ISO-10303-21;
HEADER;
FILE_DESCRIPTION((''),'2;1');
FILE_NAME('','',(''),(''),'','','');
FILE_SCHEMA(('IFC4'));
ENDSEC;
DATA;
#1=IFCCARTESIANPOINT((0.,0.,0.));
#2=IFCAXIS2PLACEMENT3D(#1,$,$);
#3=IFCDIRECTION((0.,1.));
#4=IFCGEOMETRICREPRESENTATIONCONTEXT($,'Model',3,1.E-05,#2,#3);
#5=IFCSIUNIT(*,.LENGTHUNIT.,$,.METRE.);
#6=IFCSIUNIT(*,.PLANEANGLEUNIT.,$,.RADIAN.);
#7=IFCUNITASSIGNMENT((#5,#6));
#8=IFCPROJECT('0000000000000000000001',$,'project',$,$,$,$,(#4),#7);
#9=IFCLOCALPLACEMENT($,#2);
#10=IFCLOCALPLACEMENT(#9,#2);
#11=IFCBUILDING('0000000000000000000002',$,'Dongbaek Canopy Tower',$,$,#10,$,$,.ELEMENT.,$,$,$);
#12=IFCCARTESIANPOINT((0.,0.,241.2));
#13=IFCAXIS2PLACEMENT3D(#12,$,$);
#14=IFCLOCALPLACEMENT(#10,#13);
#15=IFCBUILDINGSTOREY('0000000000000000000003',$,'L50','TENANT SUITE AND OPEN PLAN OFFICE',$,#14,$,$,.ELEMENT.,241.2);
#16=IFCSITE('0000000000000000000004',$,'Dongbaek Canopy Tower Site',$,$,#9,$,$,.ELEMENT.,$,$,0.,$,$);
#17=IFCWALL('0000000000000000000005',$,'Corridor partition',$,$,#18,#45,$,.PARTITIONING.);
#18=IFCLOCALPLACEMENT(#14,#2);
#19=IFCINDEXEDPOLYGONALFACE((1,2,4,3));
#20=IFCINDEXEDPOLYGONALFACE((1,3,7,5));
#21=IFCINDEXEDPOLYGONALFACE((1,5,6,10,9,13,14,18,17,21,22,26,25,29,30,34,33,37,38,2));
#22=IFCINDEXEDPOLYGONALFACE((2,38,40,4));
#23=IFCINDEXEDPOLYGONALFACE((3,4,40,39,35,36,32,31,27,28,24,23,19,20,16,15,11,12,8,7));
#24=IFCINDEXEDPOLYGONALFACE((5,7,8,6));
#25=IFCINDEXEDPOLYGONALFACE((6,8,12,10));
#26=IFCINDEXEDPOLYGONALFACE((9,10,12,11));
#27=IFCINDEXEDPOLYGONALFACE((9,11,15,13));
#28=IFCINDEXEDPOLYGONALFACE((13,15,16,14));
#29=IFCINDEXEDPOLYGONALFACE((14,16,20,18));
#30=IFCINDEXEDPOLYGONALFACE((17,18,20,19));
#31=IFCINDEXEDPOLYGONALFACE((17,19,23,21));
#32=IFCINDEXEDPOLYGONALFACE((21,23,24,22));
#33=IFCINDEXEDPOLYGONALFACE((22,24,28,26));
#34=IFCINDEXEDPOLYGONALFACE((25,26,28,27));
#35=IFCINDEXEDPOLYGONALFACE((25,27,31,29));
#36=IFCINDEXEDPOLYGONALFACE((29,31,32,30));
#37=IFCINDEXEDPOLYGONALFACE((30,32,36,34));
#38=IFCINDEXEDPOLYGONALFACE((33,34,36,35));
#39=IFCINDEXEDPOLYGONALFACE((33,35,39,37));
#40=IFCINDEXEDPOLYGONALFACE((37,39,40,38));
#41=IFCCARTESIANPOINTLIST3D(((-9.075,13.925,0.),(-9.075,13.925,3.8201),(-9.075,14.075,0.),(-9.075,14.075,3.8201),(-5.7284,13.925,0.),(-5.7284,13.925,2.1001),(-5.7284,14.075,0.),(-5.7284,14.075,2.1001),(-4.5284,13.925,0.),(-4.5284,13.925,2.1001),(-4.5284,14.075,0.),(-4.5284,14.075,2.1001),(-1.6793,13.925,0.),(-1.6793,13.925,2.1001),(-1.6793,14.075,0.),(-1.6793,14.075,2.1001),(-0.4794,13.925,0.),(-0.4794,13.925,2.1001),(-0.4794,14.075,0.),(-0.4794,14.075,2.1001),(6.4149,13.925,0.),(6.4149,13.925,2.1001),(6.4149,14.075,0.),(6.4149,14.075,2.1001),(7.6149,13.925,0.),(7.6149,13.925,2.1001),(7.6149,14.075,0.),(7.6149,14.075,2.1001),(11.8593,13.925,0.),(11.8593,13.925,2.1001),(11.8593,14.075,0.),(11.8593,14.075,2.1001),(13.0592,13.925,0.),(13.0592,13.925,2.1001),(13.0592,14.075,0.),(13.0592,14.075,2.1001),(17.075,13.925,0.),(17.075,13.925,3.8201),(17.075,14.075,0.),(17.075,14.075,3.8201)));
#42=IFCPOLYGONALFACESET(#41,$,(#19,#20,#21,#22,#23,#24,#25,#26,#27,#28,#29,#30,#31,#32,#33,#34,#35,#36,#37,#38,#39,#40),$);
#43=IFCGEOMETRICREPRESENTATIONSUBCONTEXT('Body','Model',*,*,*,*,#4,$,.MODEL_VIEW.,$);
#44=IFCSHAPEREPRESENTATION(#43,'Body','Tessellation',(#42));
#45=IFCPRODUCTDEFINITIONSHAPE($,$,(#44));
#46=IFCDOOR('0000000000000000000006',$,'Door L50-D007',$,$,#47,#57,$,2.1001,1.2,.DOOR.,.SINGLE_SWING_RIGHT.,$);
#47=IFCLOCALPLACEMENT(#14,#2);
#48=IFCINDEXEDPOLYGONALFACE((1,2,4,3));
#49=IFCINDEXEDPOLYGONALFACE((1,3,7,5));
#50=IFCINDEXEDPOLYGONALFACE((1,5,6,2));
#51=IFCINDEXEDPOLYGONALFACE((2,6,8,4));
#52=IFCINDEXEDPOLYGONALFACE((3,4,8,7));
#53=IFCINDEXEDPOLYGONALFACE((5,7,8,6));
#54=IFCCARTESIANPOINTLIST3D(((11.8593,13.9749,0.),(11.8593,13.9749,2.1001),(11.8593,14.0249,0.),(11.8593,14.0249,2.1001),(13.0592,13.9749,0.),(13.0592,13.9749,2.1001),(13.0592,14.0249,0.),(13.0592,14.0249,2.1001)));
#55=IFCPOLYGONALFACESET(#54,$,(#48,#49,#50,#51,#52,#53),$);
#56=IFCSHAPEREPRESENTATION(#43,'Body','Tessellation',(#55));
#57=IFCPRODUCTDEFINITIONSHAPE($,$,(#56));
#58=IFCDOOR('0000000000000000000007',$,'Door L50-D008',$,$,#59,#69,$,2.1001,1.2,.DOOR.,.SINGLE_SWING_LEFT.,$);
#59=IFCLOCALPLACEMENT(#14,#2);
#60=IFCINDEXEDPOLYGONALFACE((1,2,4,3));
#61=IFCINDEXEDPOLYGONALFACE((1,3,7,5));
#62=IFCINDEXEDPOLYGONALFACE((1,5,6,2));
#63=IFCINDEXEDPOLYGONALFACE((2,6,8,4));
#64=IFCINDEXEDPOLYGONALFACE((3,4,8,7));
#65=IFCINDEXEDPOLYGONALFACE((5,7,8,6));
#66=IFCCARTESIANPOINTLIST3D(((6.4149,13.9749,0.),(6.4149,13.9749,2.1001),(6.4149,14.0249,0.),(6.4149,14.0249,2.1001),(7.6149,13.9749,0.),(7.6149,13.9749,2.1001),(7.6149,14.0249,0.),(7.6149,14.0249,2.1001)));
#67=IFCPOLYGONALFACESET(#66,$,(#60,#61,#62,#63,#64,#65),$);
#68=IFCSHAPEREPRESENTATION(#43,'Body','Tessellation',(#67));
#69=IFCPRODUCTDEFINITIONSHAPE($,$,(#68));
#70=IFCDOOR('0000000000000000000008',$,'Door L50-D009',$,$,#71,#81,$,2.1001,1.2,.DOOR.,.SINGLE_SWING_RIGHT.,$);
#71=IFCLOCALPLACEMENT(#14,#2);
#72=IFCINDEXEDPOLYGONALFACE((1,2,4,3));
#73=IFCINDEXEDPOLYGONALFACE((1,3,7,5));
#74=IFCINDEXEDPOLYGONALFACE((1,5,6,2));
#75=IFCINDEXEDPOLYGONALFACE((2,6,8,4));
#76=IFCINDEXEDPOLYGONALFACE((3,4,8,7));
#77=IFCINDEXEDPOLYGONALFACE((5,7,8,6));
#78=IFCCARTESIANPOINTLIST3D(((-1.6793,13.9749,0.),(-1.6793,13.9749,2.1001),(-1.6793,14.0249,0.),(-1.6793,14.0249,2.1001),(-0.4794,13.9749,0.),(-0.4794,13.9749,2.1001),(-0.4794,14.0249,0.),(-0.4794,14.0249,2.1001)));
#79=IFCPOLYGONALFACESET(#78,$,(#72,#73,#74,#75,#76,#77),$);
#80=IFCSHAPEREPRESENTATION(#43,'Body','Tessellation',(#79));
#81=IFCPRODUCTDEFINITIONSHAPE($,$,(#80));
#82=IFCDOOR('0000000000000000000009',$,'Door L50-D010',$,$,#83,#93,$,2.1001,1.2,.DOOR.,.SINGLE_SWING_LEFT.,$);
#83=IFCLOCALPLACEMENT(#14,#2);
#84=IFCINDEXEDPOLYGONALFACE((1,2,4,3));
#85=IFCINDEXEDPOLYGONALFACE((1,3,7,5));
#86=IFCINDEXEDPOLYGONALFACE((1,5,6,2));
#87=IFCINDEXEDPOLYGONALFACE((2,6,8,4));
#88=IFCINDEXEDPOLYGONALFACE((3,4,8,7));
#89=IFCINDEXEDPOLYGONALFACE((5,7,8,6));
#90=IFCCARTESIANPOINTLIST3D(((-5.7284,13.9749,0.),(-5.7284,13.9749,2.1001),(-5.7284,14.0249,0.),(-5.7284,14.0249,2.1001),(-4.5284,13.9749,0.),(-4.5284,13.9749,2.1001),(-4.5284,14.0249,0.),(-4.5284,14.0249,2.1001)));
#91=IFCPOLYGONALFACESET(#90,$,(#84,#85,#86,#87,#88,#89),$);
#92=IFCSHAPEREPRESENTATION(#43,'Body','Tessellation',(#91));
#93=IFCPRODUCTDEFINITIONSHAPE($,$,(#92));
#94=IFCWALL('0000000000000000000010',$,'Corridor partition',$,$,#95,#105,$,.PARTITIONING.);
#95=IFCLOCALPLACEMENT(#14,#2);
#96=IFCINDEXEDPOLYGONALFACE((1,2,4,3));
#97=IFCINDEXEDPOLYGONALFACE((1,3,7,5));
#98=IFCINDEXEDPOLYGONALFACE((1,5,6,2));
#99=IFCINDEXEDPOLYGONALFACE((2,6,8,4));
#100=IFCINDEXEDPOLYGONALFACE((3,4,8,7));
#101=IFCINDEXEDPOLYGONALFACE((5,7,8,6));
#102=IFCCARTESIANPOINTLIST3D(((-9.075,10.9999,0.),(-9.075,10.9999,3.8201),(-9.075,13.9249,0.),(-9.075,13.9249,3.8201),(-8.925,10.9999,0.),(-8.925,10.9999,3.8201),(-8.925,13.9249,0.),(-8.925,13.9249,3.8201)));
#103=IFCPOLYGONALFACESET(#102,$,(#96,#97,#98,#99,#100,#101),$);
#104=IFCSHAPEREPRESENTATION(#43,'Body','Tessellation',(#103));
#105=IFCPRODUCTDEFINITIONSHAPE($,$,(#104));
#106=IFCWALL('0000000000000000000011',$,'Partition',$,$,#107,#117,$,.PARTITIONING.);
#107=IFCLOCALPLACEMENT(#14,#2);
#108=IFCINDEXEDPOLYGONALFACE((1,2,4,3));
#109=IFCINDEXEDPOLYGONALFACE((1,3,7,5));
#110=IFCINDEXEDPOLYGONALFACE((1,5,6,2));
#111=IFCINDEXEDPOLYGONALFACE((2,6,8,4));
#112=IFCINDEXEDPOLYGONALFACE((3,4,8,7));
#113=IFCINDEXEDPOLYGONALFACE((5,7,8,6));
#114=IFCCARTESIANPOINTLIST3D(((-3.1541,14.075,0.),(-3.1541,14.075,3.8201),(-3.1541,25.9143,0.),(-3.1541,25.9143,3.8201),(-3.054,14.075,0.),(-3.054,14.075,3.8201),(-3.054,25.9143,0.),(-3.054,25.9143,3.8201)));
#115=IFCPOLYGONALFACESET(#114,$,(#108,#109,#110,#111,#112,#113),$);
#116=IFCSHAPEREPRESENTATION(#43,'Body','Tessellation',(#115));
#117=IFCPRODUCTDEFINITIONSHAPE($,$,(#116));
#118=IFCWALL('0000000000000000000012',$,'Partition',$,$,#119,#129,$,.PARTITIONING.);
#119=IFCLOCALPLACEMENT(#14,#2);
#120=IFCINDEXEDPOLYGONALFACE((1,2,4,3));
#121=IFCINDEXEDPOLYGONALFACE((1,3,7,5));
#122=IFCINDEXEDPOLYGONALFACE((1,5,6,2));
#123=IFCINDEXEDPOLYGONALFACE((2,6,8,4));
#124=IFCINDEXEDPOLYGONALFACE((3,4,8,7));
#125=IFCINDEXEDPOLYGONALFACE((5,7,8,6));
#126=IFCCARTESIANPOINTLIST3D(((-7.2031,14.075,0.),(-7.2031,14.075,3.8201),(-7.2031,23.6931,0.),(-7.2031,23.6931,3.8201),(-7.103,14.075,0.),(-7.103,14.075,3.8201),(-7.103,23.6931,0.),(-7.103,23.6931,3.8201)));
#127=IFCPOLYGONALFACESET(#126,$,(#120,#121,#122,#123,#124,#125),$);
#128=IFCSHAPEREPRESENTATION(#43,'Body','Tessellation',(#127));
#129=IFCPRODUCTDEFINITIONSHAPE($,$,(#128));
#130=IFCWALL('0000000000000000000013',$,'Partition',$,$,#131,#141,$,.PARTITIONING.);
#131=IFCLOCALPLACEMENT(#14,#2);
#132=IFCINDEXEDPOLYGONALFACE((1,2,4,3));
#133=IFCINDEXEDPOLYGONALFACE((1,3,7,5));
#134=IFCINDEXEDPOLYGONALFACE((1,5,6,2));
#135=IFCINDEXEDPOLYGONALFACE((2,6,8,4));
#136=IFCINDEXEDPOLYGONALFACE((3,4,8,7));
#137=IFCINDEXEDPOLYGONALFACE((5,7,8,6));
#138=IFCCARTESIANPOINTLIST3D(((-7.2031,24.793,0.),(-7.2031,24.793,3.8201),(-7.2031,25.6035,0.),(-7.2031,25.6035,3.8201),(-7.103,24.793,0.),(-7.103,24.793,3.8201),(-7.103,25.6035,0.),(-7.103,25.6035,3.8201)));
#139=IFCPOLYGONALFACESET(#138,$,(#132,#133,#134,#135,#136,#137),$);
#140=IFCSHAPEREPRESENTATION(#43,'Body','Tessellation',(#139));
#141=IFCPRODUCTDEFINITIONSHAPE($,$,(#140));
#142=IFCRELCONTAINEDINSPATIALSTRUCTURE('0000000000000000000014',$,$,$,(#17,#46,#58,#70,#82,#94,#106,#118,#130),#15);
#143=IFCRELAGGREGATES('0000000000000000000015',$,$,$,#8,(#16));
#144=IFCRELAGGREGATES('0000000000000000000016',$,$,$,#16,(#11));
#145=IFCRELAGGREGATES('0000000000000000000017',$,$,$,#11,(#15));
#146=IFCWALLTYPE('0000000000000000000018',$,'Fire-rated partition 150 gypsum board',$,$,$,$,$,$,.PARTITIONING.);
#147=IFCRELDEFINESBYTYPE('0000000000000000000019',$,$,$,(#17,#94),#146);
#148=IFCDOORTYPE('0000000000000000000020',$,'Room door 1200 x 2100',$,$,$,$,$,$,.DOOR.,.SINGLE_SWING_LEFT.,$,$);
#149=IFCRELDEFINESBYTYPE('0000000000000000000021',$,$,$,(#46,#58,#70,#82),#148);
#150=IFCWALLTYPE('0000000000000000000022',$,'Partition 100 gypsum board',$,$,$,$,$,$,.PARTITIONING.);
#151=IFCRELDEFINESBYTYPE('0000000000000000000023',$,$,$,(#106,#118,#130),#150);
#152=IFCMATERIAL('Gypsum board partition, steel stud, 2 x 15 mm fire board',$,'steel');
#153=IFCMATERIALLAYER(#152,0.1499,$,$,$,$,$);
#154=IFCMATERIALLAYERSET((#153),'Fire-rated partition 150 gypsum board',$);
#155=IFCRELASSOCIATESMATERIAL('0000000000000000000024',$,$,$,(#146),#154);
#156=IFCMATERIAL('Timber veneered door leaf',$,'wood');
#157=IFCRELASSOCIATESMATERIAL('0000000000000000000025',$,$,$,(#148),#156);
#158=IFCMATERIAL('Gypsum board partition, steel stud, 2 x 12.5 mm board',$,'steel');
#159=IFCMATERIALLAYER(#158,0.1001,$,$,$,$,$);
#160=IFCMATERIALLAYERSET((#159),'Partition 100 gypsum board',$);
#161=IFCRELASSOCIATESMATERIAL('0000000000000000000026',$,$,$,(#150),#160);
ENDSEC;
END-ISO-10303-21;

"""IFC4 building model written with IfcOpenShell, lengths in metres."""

from ifc_helpers import new_model, si_unit, direction, frame, frame_2d, origin, place, context, subcontext, project, spatial, rectangle, extrude, material, layer, layer_set, type_object, element, fill, save


model = new_model("IFC4")

# Units and contexts
model_context = context("Model", 3, precision=1e-05, world=origin(), true_north=direction((0.0, 1.0)))
body_context = subcontext(model_context, "Body", "Model", "MODEL_VIEW")
ifc_project = project(units=[si_unit("LENGTHUNIT", "METRE"), si_unit("PLANEANGLEUNIT", "RADIAN")], contexts=[model_context])

# Site, building, storey
site_placement = place(None, origin())
site = spatial("IfcSite", under=ifc_project, at=site_placement, Name="Dongbaek Canopy Tower Site", CompositionType="ELEMENT", RefElevation=0.0)
building_placement = place(site_placement, origin())
building = spatial("IfcBuilding", under=site, at=building_placement, Name="Dongbaek Canopy Tower", CompositionType="ELEMENT")
storey_placement = place(building_placement, frame((0.0, 0.0, 241.2)))
storey = spatial("IfcBuildingStorey", under=building, at=storey_placement, Name="L50", Description="TENANT SUITE AND OPEN PLAN OFFICE", CompositionType="ELEMENT", Elevation=241.2)

# Wall, openings, doors
ifc_material_1 = material(Name="Gypsum board partition, steel stud, 2 x 15 mm fire board", Category="steel")
ifc_layer_1 = layer(ifc_material_1, 0.1499)
ifc_layer_set_1 = layer_set([ifc_layer_1], Name="Fire-rated partition 150 gypsum board")
wall_type_1 = type_object("IfcWallType", Name="Fire-rated partition 150 gypsum board", PredefinedType="PARTITIONING", material=ifc_layer_set_1)
wall_1_placement = place(storey_placement, frame((-9.075, 14.0, 0.0), z_axis=(0.0, 0.0, 1.0), x_axis=(1.0, 0.0, 0.0)))
wall_1 = element("IfcWall", 1, at=wall_1_placement, inside=storey, type_object=wall_type_1, Name="Corridor partition", PredefinedType="PARTITIONING", context=body_context, shape_type="SweptSolid", body=[
    extrude(rectangle(XDim=26.1499, YDim=0.1499, at=frame_2d((13.075, 0.0))), origin(), (0.0, 0.0, 1.0), 3.8201),
])
opening_1_placement = place(wall_1_placement, frame((20.9341, 0.0, 0.0)))
opening_1 = element("IfcOpeningElement", 2, at=opening_1_placement, cuts=wall_1, PredefinedType="OPENING", context=body_context, shape_type="SweptSolid", body=[
    extrude(rectangle(XDim=1.2, YDim=2.1001, at=frame_2d((0.6001, 1.05))), frame((0.0, 0.085, 0.0), z_axis=(0.0, -1.0, 0.0), x_axis=(1.0, 0.0, 0.0)), (0.0, 0.0, 1.0), 0.1699),
])
opening_2_placement = place(wall_1_placement, frame((15.4897, 0.0, 0.0)))
opening_2 = element("IfcOpeningElement", 3, at=opening_2_placement, cuts=wall_1, PredefinedType="OPENING", context=body_context, shape_type="SweptSolid", body=[
    extrude(rectangle(XDim=1.2, YDim=2.1001, at=frame_2d((0.6001, 1.05))), frame((0.0, 0.085, 0.0), z_axis=(0.0, -1.0, 0.0), x_axis=(1.0, 0.0, 0.0)), (0.0, 0.0, 1.0), 0.1699),
])
opening_3_placement = place(wall_1_placement, frame((7.3955, 0.0, 0.0)))
opening_3 = element("IfcOpeningElement", 4, at=opening_3_placement, cuts=wall_1, PredefinedType="OPENING", context=body_context, shape_type="SweptSolid", body=[
    extrude(rectangle(XDim=1.2, YDim=2.1001, at=frame_2d((0.6001, 1.05))), frame((0.0, 0.085, 0.0), z_axis=(0.0, -1.0, 0.0), x_axis=(1.0, 0.0, 0.0)), (0.0, 0.0, 1.0), 0.1699),
])
opening_4_placement = place(wall_1_placement, frame((3.3464, 0.0, 0.0)))
opening_4 = element("IfcOpeningElement", 5, at=opening_4_placement, cuts=wall_1, PredefinedType="OPENING", context=body_context, shape_type="SweptSolid", body=[
    extrude(rectangle(XDim=1.2, YDim=2.1001, at=frame_2d((0.6001, 1.05))), frame((0.0, 0.085, 0.0), z_axis=(0.0, -1.0, 0.0), x_axis=(1.0, 0.0, 0.0)), (0.0, 0.0, 1.0), 0.1699),
])
ifc_material_2 = material(Name="Timber veneered door leaf", Category="wood")
door_type_1 = type_object("IfcDoorType", Name="Room door 1200 x 2100", OperationType="SINGLE_SWING_LEFT", PredefinedType="DOOR", material=ifc_material_2)
door_1_placement = place(opening_1_placement, origin())
door_1 = element("IfcDoor", 6, at=door_1_placement, inside=storey, type_object=door_type_1, Name="Door L50-D007", OperationType="SINGLE_SWING_RIGHT", OverallHeight=2.1001, OverallWidth=1.2, PredefinedType="DOOR", context=body_context, shape_type="SweptSolid", body=[
    extrude(rectangle(XDim=1.2, YDim=2.1001, at=frame_2d((0.6001, 1.05))), frame((0.0, 0.0249, 0.0), z_axis=(0.0, -1.0, 0.0), x_axis=(1.0, 0.0, 0.0)), (0.0, 0.0, 1.0), 0.05),
])
fill(opening_1, door_1)
door_2_placement = place(opening_2_placement, origin())
door_2 = element("IfcDoor", 7, at=door_2_placement, inside=storey, type_object=door_type_1, Name="Door L50-D008", OperationType="SINGLE_SWING_LEFT", OverallHeight=2.1001, OverallWidth=1.2, PredefinedType="DOOR", context=body_context, shape_type="SweptSolid", body=[
    extrude(rectangle(XDim=1.2, YDim=2.1001, at=frame_2d((0.6001, 1.05))), frame((0.0, 0.0249, 0.0), z_axis=(0.0, -1.0, 0.0), x_axis=(1.0, 0.0, 0.0)), (0.0, 0.0, 1.0), 0.05),
])
fill(opening_2, door_2)
door_3_placement = place(opening_3_placement, origin())
door_3 = element("IfcDoor", 8, at=door_3_placement, inside=storey, type_object=door_type_1, Name="Door L50-D009", OperationType="SINGLE_SWING_RIGHT", OverallHeight=2.1001, OverallWidth=1.2, PredefinedType="DOOR", context=body_context, shape_type="SweptSolid", body=[
    extrude(rectangle(XDim=1.2, YDim=2.1001, at=frame_2d((0.6001, 1.05))), frame((0.0, 0.0249, 0.0), z_axis=(0.0, -1.0, 0.0), x_axis=(1.0, 0.0, 0.0)), (0.0, 0.0, 1.0), 0.05),
])
fill(opening_3, door_3)
door_4_placement = place(opening_4_placement, origin())
door_4 = element("IfcDoor", 9, at=door_4_placement, inside=storey, type_object=door_type_1, Name="Door L50-D010", OperationType="SINGLE_SWING_LEFT", OverallHeight=2.1001, OverallWidth=1.2, PredefinedType="DOOR", context=body_context, shape_type="SweptSolid", body=[
    extrude(rectangle(XDim=1.2, YDim=2.1001, at=frame_2d((0.6001, 1.05))), frame((0.0, 0.0249, 0.0), z_axis=(0.0, -1.0, 0.0), x_axis=(1.0, 0.0, 0.0)), (0.0, 0.0, 1.0), 0.05),
])
fill(opening_4, door_4)

# Walls
wall_2_placement = place(storey_placement, frame((-9.0, 11.0, 0.0), z_axis=(0.0, 0.0, 1.0), x_axis=(0.0, 1.0, 0.0)))
element("IfcWall", 10, at=wall_2_placement, inside=storey, type_object=wall_type_1, Name="Corridor partition", PredefinedType="PARTITIONING", context=body_context, shape_type="SweptSolid", body=[
    extrude(rectangle(XDim=2.925, YDim=0.1499, at=frame_2d((1.4624, 0.0))), origin(), (0.0, 0.0, 1.0), 3.8201),
])
ifc_material_3 = material(Name="Gypsum board partition, steel stud, 2 x 12.5 mm board", Category="steel")
ifc_layer_2 = layer(ifc_material_3, 0.1001)
ifc_layer_set_2 = layer_set([ifc_layer_2], Name="Partition 100 gypsum board")
wall_type_2 = type_object("IfcWallType", Name="Partition 100 gypsum board", PredefinedType="PARTITIONING", material=ifc_layer_set_2)
wall_3_placement = place(storey_placement, frame((-3.104, 14.075, 0.0), z_axis=(0.0, 0.0, 1.0), x_axis=(0.0, 1.0, 0.0)))
element("IfcWall", 11, at=wall_3_placement, inside=storey, type_object=wall_type_2, Name="Partition", PredefinedType="PARTITIONING", context=body_context, shape_type="SweptSolid", body=[
    extrude(rectangle(XDim=11.8394, YDim=0.1001, at=frame_2d((5.9197, 0.0))), origin(), (0.0, 0.0, 1.0), 3.8201),
])
wall_4_placement = place(storey_placement, frame((-7.1531, 14.075, 0.0), z_axis=(0.0, 0.0, 1.0), x_axis=(0.0, 1.0, 0.0)))
element("IfcWall", 12, at=wall_4_placement, inside=storey, type_object=wall_type_2, Name="Partition", PredefinedType="PARTITIONING", context=body_context, shape_type="SweptSolid", body=[
    extrude(rectangle(XDim=9.6182, YDim=0.1001, at=frame_2d((4.8091, 0.0))), origin(), (0.0, 0.0, 1.0), 3.8201),
])
wall_5_placement = place(storey_placement, frame((-7.1531, 24.793, 0.0), z_axis=(0.0, 0.0, 1.0), x_axis=(0.0, 1.0, 0.0)))
element("IfcWall", 13, at=wall_5_placement, inside=storey, type_object=wall_type_2, Name="Partition", PredefinedType="PARTITIONING", context=body_context, shape_type="SweptSolid", body=[
    extrude(rectangle(XDim=0.8105, YDim=0.1001, at=frame_2d((0.4053, 0.0))), origin(), (0.0, 0.0, 1.0), 3.8201),
])

save(model, "model.ifc")
